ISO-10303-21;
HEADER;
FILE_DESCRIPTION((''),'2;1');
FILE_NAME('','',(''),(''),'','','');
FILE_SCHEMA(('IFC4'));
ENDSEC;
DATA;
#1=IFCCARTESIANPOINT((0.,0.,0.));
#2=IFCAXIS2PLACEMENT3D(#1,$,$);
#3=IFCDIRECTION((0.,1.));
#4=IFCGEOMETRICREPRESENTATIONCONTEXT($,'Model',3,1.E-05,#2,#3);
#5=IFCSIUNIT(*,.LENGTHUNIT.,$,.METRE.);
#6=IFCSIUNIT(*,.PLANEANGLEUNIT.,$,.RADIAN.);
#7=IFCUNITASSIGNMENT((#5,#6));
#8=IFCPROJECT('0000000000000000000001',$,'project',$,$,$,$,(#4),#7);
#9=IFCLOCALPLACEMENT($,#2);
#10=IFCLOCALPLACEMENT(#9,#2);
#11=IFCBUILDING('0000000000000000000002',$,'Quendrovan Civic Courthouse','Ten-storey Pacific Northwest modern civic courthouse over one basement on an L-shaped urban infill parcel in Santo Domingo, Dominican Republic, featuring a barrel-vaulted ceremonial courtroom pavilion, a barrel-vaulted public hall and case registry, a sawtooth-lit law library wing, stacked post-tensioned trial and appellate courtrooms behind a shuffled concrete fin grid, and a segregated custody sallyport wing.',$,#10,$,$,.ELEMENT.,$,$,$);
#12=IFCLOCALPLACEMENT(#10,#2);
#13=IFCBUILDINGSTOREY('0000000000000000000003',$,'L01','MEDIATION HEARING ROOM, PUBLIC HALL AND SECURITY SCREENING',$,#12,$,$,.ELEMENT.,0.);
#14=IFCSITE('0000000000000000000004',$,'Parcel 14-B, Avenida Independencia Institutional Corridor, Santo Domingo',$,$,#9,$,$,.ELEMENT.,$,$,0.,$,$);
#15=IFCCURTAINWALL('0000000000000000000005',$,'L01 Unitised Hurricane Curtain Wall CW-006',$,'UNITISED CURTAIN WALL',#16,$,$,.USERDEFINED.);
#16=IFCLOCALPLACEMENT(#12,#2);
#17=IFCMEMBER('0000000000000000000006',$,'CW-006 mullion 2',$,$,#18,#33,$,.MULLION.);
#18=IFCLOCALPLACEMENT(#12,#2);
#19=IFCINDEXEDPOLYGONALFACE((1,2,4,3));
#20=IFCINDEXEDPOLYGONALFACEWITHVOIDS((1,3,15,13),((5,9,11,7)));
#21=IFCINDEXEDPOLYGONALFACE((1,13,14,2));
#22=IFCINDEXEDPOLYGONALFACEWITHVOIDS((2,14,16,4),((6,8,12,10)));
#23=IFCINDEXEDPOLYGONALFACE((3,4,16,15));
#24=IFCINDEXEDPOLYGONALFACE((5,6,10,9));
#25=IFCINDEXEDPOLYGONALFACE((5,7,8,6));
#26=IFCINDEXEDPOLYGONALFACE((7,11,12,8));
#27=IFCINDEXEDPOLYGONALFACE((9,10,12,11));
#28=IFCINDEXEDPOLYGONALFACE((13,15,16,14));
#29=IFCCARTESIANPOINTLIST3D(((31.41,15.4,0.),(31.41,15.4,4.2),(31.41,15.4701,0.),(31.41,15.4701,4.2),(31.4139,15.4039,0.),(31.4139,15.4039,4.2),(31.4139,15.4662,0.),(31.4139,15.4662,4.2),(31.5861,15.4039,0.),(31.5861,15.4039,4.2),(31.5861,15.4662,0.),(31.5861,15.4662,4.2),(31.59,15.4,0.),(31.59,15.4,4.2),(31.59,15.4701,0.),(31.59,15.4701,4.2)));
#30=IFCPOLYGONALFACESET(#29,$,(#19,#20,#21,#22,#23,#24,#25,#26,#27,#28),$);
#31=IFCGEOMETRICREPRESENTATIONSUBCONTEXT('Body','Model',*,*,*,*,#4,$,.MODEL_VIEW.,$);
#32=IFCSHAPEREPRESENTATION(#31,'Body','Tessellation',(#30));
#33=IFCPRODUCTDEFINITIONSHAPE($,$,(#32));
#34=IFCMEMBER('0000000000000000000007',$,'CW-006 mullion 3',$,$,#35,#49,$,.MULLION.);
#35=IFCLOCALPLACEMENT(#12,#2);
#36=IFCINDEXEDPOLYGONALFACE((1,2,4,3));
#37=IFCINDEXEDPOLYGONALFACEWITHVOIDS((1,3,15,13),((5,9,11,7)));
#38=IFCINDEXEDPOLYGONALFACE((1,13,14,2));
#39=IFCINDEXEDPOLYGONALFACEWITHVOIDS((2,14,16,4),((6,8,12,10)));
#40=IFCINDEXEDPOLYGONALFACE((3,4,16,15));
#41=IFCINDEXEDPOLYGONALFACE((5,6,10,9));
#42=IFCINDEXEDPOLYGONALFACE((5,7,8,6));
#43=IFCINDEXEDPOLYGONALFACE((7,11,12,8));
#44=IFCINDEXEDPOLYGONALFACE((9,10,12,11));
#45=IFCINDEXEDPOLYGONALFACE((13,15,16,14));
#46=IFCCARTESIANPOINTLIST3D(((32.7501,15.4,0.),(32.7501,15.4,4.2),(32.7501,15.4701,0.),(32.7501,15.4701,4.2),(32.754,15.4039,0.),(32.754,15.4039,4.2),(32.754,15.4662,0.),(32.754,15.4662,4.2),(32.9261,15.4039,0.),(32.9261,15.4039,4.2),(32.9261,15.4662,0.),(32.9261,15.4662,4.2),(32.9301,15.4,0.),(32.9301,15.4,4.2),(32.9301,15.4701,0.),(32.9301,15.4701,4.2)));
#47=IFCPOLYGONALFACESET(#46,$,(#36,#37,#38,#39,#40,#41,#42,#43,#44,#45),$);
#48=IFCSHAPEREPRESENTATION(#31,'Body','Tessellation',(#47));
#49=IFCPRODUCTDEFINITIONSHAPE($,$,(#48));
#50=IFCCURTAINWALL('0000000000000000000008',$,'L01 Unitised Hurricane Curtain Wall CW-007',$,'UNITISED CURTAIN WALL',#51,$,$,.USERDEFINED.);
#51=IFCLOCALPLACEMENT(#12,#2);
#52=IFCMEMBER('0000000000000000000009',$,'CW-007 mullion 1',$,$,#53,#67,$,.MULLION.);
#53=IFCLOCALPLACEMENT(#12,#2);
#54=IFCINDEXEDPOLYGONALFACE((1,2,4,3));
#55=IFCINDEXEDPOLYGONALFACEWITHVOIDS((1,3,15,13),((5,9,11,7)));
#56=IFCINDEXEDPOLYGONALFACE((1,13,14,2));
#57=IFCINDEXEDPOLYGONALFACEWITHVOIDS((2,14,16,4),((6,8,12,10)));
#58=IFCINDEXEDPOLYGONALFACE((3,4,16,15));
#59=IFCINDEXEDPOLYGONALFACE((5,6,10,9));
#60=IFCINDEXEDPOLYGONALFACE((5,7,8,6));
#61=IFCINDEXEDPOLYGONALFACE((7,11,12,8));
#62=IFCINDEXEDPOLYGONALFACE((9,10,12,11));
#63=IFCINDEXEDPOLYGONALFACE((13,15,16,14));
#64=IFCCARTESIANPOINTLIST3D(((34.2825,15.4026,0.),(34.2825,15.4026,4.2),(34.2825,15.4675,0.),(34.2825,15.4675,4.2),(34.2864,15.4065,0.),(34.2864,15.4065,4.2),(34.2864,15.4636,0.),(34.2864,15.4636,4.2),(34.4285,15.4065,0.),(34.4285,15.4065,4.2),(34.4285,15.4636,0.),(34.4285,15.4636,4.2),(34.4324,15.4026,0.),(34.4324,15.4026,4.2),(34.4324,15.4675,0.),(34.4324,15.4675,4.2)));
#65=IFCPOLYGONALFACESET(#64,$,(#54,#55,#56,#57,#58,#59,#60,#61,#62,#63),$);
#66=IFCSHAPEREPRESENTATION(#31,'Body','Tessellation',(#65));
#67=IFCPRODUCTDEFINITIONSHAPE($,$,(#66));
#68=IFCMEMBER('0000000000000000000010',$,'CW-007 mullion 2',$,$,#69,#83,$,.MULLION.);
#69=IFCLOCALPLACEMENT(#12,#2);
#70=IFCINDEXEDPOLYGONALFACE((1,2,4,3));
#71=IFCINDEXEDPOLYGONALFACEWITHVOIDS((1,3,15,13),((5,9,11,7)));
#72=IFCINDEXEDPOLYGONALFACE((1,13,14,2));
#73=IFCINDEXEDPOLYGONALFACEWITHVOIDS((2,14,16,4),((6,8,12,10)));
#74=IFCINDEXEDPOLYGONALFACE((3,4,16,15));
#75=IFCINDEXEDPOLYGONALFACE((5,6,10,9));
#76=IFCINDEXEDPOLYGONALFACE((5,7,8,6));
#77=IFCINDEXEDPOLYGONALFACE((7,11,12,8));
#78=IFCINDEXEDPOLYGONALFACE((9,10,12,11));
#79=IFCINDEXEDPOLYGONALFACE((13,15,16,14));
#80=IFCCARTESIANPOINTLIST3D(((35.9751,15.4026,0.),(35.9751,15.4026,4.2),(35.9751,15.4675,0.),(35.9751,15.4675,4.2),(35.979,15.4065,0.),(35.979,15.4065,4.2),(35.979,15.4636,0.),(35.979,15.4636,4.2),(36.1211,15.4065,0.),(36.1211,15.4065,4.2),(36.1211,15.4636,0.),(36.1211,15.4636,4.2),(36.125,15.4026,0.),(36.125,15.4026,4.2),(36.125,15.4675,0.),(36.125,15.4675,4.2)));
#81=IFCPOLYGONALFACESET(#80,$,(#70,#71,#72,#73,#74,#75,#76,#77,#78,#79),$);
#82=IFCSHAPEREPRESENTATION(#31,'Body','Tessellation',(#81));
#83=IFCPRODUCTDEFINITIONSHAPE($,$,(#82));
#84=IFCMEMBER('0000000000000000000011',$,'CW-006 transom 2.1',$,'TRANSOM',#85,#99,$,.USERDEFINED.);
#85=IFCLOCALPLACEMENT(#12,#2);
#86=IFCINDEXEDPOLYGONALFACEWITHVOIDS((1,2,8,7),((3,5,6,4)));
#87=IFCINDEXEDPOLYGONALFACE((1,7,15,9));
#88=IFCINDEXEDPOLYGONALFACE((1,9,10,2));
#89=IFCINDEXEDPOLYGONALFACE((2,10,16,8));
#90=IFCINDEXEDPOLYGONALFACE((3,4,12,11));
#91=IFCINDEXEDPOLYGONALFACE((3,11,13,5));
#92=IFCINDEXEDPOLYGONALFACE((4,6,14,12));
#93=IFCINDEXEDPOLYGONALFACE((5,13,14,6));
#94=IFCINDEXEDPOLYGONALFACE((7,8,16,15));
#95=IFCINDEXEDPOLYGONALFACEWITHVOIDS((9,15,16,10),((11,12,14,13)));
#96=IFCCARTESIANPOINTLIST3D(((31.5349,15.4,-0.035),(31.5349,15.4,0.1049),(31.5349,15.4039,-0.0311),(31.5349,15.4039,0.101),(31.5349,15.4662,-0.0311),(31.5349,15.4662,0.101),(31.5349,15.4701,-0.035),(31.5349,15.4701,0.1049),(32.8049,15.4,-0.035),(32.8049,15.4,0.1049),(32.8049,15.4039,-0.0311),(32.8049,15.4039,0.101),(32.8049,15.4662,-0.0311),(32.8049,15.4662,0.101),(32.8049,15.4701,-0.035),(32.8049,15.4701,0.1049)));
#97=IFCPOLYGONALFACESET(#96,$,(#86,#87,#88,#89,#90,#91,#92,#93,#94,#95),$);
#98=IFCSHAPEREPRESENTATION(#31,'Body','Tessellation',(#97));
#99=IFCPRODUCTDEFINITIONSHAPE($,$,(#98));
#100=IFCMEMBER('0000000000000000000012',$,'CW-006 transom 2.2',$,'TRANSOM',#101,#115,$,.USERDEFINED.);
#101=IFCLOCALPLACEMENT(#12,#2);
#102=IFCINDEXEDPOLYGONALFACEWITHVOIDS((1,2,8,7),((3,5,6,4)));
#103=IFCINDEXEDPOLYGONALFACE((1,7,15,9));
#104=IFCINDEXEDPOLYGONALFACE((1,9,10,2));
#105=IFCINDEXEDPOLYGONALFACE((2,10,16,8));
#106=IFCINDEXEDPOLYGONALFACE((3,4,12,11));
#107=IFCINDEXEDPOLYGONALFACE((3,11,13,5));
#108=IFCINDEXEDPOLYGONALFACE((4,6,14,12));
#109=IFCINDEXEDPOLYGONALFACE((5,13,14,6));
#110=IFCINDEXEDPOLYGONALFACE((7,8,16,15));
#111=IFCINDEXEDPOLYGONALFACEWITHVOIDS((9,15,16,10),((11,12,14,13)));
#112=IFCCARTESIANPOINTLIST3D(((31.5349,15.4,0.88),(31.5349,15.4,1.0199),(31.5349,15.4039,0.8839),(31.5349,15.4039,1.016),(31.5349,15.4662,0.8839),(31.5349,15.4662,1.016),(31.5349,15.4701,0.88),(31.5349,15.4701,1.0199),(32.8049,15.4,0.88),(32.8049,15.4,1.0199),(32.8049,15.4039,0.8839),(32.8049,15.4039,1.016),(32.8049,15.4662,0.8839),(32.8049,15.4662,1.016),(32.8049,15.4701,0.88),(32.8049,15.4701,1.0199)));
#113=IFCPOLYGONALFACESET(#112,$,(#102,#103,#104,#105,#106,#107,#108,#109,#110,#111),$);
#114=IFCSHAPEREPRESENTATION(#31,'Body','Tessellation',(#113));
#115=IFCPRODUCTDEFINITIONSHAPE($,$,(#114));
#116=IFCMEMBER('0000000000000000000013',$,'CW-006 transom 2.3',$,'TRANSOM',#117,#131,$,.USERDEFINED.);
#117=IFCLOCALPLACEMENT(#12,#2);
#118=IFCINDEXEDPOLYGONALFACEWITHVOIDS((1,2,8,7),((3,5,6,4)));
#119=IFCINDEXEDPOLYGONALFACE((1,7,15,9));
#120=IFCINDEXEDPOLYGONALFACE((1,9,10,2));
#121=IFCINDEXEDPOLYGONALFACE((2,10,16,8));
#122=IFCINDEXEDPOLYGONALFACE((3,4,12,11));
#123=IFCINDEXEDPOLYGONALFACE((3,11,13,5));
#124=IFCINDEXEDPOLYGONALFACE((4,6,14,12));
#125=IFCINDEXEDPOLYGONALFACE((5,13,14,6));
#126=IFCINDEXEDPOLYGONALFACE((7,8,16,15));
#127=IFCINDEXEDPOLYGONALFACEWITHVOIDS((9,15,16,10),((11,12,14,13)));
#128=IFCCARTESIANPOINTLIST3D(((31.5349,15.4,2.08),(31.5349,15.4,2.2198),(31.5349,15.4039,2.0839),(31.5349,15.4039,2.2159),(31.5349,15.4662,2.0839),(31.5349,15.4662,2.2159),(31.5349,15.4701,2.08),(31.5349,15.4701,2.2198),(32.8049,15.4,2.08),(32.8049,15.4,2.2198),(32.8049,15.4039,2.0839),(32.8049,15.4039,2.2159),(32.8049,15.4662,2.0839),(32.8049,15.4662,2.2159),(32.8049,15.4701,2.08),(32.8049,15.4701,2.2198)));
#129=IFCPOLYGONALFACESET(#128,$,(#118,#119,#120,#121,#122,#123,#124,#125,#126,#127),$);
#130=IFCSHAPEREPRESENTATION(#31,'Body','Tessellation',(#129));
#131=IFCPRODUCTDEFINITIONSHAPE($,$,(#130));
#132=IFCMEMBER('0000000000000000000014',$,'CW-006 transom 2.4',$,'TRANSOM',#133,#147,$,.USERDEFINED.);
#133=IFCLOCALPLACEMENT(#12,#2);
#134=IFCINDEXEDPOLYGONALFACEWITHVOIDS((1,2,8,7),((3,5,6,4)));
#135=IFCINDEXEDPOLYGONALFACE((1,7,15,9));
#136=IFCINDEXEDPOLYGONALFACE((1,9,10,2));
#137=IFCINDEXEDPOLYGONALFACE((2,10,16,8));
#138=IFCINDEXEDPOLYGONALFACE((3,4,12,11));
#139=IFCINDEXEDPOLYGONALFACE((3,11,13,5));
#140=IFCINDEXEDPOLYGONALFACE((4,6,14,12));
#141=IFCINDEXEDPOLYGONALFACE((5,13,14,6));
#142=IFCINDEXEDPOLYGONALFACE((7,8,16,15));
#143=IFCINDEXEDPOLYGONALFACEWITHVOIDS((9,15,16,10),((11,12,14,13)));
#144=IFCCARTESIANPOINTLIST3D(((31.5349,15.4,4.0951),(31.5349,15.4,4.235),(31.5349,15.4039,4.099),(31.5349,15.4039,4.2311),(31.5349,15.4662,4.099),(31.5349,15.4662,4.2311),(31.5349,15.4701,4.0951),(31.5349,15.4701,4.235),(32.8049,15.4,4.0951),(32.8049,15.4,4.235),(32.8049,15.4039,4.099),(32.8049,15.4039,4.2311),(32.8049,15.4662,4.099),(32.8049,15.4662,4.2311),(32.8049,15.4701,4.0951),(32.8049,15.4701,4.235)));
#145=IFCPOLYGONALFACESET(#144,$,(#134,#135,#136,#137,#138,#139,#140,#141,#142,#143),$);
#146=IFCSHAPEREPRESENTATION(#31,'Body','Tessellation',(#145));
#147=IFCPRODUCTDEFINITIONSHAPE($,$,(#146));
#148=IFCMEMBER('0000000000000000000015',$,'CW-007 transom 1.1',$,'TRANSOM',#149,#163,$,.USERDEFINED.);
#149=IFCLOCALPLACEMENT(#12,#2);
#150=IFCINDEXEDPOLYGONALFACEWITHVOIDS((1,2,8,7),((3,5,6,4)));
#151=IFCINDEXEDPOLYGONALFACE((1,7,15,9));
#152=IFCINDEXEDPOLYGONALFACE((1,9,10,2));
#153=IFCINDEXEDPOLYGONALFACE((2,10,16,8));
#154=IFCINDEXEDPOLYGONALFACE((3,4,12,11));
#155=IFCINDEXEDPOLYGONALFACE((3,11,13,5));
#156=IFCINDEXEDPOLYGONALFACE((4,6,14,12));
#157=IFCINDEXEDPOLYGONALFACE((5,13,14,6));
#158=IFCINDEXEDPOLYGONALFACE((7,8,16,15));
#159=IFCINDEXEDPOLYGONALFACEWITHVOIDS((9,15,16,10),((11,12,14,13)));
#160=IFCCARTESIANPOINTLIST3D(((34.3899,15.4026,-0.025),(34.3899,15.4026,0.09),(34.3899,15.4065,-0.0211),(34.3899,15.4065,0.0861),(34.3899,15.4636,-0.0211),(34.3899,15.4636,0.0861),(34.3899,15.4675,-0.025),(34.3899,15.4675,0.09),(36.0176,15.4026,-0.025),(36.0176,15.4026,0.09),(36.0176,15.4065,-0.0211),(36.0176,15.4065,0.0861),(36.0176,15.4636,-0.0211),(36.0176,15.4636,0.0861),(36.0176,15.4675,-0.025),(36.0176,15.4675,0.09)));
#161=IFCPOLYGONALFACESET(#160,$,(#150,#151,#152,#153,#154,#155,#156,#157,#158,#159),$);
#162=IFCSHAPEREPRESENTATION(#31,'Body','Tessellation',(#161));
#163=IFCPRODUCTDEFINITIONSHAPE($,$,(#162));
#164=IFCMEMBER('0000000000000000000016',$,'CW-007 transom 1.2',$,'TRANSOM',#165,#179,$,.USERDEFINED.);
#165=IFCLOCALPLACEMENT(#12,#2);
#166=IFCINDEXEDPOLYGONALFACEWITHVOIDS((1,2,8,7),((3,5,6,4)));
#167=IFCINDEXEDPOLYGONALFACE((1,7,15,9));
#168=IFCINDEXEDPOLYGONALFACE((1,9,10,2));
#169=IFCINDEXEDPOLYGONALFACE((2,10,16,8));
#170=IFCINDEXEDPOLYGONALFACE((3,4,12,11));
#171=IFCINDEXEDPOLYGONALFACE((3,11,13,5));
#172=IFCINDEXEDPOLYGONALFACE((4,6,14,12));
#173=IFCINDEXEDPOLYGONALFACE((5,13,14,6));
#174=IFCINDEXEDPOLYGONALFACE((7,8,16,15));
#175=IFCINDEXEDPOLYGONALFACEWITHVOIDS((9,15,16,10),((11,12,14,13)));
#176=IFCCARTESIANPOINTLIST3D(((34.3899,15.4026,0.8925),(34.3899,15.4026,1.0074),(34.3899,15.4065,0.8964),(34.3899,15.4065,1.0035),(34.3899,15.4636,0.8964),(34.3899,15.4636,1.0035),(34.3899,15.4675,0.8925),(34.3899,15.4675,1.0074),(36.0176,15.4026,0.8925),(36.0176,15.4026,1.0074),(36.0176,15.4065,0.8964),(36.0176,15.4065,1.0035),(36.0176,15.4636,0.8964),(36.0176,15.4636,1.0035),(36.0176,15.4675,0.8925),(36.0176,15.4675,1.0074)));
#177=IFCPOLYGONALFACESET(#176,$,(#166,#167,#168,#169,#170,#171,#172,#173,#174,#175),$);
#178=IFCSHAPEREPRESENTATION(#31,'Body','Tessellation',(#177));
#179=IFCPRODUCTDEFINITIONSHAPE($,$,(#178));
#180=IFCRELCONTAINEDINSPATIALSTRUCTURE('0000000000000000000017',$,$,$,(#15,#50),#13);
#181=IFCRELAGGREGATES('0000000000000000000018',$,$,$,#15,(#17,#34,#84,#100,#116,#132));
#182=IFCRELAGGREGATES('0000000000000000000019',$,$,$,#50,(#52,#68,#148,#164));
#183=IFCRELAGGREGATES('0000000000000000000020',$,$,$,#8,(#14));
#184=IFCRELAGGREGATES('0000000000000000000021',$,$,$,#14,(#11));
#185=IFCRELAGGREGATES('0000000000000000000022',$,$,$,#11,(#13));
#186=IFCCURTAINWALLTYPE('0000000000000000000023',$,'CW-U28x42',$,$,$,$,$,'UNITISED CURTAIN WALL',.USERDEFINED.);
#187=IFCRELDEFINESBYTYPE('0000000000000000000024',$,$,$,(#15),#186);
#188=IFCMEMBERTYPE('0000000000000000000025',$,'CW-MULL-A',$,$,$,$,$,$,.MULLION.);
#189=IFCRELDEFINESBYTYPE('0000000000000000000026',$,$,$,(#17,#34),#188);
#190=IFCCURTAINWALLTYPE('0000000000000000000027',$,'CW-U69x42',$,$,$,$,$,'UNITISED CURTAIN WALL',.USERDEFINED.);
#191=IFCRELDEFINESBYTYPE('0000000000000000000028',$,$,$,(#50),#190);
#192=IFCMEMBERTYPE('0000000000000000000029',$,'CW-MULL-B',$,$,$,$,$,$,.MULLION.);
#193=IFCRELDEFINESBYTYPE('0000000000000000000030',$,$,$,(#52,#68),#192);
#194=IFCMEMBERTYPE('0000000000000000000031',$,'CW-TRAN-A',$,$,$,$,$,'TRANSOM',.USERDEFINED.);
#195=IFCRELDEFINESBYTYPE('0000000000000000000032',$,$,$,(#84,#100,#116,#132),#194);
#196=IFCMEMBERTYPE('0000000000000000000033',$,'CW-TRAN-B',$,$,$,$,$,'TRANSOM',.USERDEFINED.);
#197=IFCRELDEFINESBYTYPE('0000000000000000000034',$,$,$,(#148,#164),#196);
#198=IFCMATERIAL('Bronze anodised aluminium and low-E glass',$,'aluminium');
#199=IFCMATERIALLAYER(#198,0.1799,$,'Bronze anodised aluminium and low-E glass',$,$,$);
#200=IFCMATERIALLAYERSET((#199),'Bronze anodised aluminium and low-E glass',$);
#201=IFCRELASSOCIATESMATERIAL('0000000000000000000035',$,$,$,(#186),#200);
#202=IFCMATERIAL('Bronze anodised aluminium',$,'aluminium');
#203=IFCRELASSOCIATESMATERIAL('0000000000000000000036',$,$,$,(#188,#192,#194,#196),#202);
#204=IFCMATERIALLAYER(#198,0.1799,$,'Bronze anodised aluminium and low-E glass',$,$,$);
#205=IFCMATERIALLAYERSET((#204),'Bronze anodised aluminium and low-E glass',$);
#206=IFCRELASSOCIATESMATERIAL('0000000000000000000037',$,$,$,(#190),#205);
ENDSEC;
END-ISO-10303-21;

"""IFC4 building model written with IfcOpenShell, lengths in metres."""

from ifc_helpers import new_model, si_unit, direction, frame, origin, origin_2d, place, context, subcontext, project, spatial, hollow_rectangle, extrude, material, layer, layer_set, material_profile, profile_set, type_object, element, aggregate, save


model = new_model("IFC4")

# Units and contexts
model_context = context("Model", 3, precision=1e-05, world=origin(), true_north=direction((0.0, 1.0)))
body_context = subcontext(model_context, "Body", "Model", "MODEL_VIEW")
ifc_project = project(units=[si_unit("LENGTHUNIT", "METRE"), si_unit("PLANEANGLEUNIT", "RADIAN")], contexts=[model_context])

# Site, building, storey
site_placement = place(None, origin())
site = spatial("IfcSite", under=ifc_project, at=site_placement, Name="Parcel 14-B, Avenida Independencia Institutional Corridor, Santo Domingo", CompositionType="ELEMENT", RefElevation=0.0)
building_placement = place(site_placement, origin())
building = spatial("IfcBuilding", under=site, at=building_placement, Name="Quendrovan Civic Courthouse", Description="Ten-storey Pacific Northwest modern civic courthouse over one basement on an L-shaped urban infill parcel in Santo Domingo, Dominican Republic, featuring a barrel-vaulted ceremonial courtroom pavilion, a barrel-vaulted public hall and case registry, a sawtooth-lit law library wing, stacked post-tensioned trial and appellate courtrooms behind a shuffled concrete fin grid, and a segregated custody sallyport wing.", CompositionType="ELEMENT")
storey_placement = place(building_placement, origin())
storey = spatial("IfcBuildingStorey", under=building, at=storey_placement, Name="L01", Description="MEDIATION HEARING ROOM, PUBLIC HALL AND SECURITY SCREENING", CompositionType="ELEMENT", Elevation=0.0)

# Curtain walls, members
ifc_material_1 = material(Name="Bronze anodised aluminium and low-E glass", Category="aluminium")
ifc_layer_1 = layer(ifc_material_1, 0.1799, Name="Bronze anodised aluminium and low-E glass")
ifc_layer_set_1 = layer_set([ifc_layer_1], Name="Bronze anodised aluminium and low-E glass")
curtain_wall_type_1 = type_object("IfcCurtainWallType", Name="CW-U28x42", ElementType="UNITISED CURTAIN WALL", PredefinedType="USERDEFINED", material=ifc_layer_set_1)
curtain_wall_1_placement = place(storey_placement, origin())
curtain_wall_1 = element("IfcCurtainWall", 1, at=curtain_wall_1_placement, inside=storey, type_object=curtain_wall_type_1, Name="L01 Unitised Hurricane Curtain Wall CW-006", ObjectType="UNITISED CURTAIN WALL", PredefinedType="USERDEFINED")
ifc_material_2 = material(Name="Bronze anodised aluminium", Category="aluminium")
ifc_material_profile_1 = material_profile(ifc_material_2, hollow_rectangle(XDim=0.0701, YDim=0.1799, WallThickness=0.0039, at=origin_2d()), Name="CW-MULL-70x180")
ifc_profile_set_1 = profile_set([ifc_material_profile_1], Name="Bronze anodised aluminium")
member_type_1 = type_object("IfcMemberType", Name="CW-MULL-A", PredefinedType="MULLION", material=ifc_profile_set_1)
member_1_placement = place(storey_placement, frame((31.5, 15.4351, 0.0), z_axis=(0.0, 0.0, 1.0), x_axis=(0.0, 1.0, 0.0)))
member_1 = element("IfcMember", 2, at=member_1_placement, type_object=member_type_1, Name="CW-006 mullion 2", PredefinedType="MULLION", context=body_context, shape_type="SweptSolid", body=[
    extrude(hollow_rectangle(XDim=0.0701, YDim=0.1799, WallThickness=0.0039, at=origin_2d()), origin(), (0.0, 0.0, 1.0), 4.2),
])
member_2_placement = place(storey_placement, frame((32.8401, 15.4351, 0.0), z_axis=(0.0, 0.0, 1.0), x_axis=(0.0, 1.0, 0.0)))
member_2 = element("IfcMember", 3, at=member_2_placement, type_object=member_type_1, Name="CW-006 mullion 3", PredefinedType="MULLION", context=body_context, shape_type="SweptSolid", body=[
    extrude(hollow_rectangle(XDim=0.0701, YDim=0.1799, WallThickness=0.0039, at=origin_2d()), origin(), (0.0, 0.0, 1.0), 4.2),
])
ifc_layer_2 = layer(ifc_material_1, 0.1799, Name="Bronze anodised aluminium and low-E glass")
ifc_layer_set_2 = layer_set([ifc_layer_2], Name="Bronze anodised aluminium and low-E glass")
curtain_wall_type_2 = type_object("IfcCurtainWallType", Name="CW-U69x42", ElementType="UNITISED CURTAIN WALL", PredefinedType="USERDEFINED", material=ifc_layer_set_2)
curtain_wall_2_placement = place(storey_placement, origin())
curtain_wall_2 = element("IfcCurtainWall", 4, at=curtain_wall_2_placement, inside=storey, type_object=curtain_wall_type_2, Name="L01 Unitised Hurricane Curtain Wall CW-007", ObjectType="UNITISED CURTAIN WALL", PredefinedType="USERDEFINED")
ifc_material_profile_2 = material_profile(ifc_material_2, hollow_rectangle(XDim=0.0649, YDim=0.1499, WallThickness=0.0039, at=origin_2d()), Name="CW-MULL-65x150")
ifc_profile_set_2 = profile_set([ifc_material_profile_2], Name="Bronze anodised aluminium")
member_type_2 = type_object("IfcMemberType", Name="CW-MULL-B", PredefinedType="MULLION", material=ifc_profile_set_2)
member_3_placement = place(storey_placement, frame((34.3574, 15.4351, 0.0), z_axis=(0.0, 0.0, 1.0), x_axis=(0.0, 1.0, 0.0)))
member_3 = element("IfcMember", 5, at=member_3_placement, type_object=member_type_2, Name="CW-007 mullion 1", PredefinedType="MULLION", context=body_context, shape_type="SweptSolid", body=[
    extrude(hollow_rectangle(XDim=0.0649, YDim=0.1499, WallThickness=0.0039, at=origin_2d()), origin(), (0.0, 0.0, 1.0), 4.2),
])
member_4_placement = place(storey_placement, frame((36.05, 15.4351, 0.0), z_axis=(0.0, 0.0, 1.0), x_axis=(0.0, 1.0, 0.0)))
member_4 = element("IfcMember", 6, at=member_4_placement, type_object=member_type_2, Name="CW-007 mullion 2", PredefinedType="MULLION", context=body_context, shape_type="SweptSolid", body=[
    extrude(hollow_rectangle(XDim=0.0649, YDim=0.1499, WallThickness=0.0039, at=origin_2d()), origin(), (0.0, 0.0, 1.0), 4.2),
])

# Members
ifc_material_profile_3 = material_profile(ifc_material_2, hollow_rectangle(XDim=0.0701, YDim=0.1399, WallThickness=0.0039, at=origin_2d()), Name="CW-TRAN-70x140")
ifc_profile_set_3 = profile_set([ifc_material_profile_3], Name="Bronze anodised aluminium")
member_type_3 = type_object("IfcMemberType", Name="CW-TRAN-A", ElementType="TRANSOM", PredefinedType="USERDEFINED", material=ifc_profile_set_3)
member_5_placement = place(storey_placement, frame((31.5349, 15.4351, 0.0349), z_axis=(1.0, 0.0, 0.0), x_axis=(0.0, 1.0, 0.0)))
member_5 = element("IfcMember", 7, at=member_5_placement, type_object=member_type_3, Name="CW-006 transom 2.1", ObjectType="TRANSOM", PredefinedType="USERDEFINED", context=body_context, shape_type="SweptSolid", body=[
    extrude(hollow_rectangle(XDim=0.0701, YDim=0.1399, WallThickness=0.0039, at=origin_2d()), origin(), (0.0, 0.0, 1.0), 1.27),
])
member_6_placement = place(storey_placement, frame((31.5349, 15.4351, 0.95), z_axis=(1.0, 0.0, 0.0), x_axis=(0.0, 1.0, 0.0)))
member_6 = element("IfcMember", 8, at=member_6_placement, type_object=member_type_3, Name="CW-006 transom 2.2", ObjectType="TRANSOM", PredefinedType="USERDEFINED", context=body_context, shape_type="SweptSolid", body=[
    extrude(hollow_rectangle(XDim=0.0701, YDim=0.1399, WallThickness=0.0039, at=origin_2d()), origin(), (0.0, 0.0, 1.0), 1.27),
])
member_7_placement = place(storey_placement, frame((31.5349, 15.4351, 2.1499), z_axis=(1.0, 0.0, 0.0), x_axis=(0.0, 1.0, 0.0)))
member_7 = element("IfcMember", 9, at=member_7_placement, type_object=member_type_3, Name="CW-006 transom 2.3", ObjectType="TRANSOM", PredefinedType="USERDEFINED", context=body_context, shape_type="SweptSolid", body=[
    extrude(hollow_rectangle(XDim=0.0701, YDim=0.1399, WallThickness=0.0039, at=origin_2d()), origin(), (0.0, 0.0, 1.0), 1.27),
])
member_8_placement = place(storey_placement, frame((31.5349, 15.4351, 4.165), z_axis=(1.0, 0.0, 0.0), x_axis=(0.0, 1.0, 0.0)))
member_8 = element("IfcMember", 10, at=member_8_placement, type_object=member_type_3, Name="CW-006 transom 2.4", ObjectType="TRANSOM", PredefinedType="USERDEFINED", context=body_context, shape_type="SweptSolid", body=[
    extrude(hollow_rectangle(XDim=0.0701, YDim=0.1399, WallThickness=0.0039, at=origin_2d()), origin(), (0.0, 0.0, 1.0), 1.27),
])
ifc_material_profile_4 = material_profile(ifc_material_2, hollow_rectangle(XDim=0.0649, YDim=0.115, WallThickness=0.0039, at=origin_2d()), Name="CW-TRAN-65x115")
ifc_profile_set_4 = profile_set([ifc_material_profile_4], Name="Bronze anodised aluminium")
member_type_4 = type_object("IfcMemberType", Name="CW-TRAN-B", ElementType="TRANSOM", PredefinedType="USERDEFINED", material=ifc_profile_set_4)
member_9_placement = place(storey_placement, frame((34.3899, 15.4351, 0.0325), z_axis=(1.0, 0.0, 0.0), x_axis=(0.0, 1.0, 0.0)))
member_9 = element("IfcMember", 11, at=member_9_placement, type_object=member_type_4, Name="CW-007 transom 1.1", ObjectType="TRANSOM", PredefinedType="USERDEFINED", context=body_context, shape_type="SweptSolid", body=[
    extrude(hollow_rectangle(XDim=0.0649, YDim=0.115, WallThickness=0.0039, at=origin_2d()), origin(), (0.0, 0.0, 1.0), 1.6277),
])
member_10_placement = place(storey_placement, frame((34.3899, 15.4351, 0.95), z_axis=(1.0, 0.0, 0.0), x_axis=(0.0, 1.0, 0.0)))
member_10 = element("IfcMember", 12, at=member_10_placement, type_object=member_type_4, Name="CW-007 transom 1.2", ObjectType="TRANSOM", PredefinedType="USERDEFINED", context=body_context, shape_type="SweptSolid", body=[
    extrude(hollow_rectangle(XDim=0.0649, YDim=0.115, WallThickness=0.0039, at=origin_2d()), origin(), (0.0, 0.0, 1.0), 1.6277),
])

aggregate(curtain_wall_1, [member_1, member_2, member_5, member_6, member_7, member_8])
aggregate(curtain_wall_2, [member_3, member_4, member_9, member_10])

save(model, "model.ifc")
